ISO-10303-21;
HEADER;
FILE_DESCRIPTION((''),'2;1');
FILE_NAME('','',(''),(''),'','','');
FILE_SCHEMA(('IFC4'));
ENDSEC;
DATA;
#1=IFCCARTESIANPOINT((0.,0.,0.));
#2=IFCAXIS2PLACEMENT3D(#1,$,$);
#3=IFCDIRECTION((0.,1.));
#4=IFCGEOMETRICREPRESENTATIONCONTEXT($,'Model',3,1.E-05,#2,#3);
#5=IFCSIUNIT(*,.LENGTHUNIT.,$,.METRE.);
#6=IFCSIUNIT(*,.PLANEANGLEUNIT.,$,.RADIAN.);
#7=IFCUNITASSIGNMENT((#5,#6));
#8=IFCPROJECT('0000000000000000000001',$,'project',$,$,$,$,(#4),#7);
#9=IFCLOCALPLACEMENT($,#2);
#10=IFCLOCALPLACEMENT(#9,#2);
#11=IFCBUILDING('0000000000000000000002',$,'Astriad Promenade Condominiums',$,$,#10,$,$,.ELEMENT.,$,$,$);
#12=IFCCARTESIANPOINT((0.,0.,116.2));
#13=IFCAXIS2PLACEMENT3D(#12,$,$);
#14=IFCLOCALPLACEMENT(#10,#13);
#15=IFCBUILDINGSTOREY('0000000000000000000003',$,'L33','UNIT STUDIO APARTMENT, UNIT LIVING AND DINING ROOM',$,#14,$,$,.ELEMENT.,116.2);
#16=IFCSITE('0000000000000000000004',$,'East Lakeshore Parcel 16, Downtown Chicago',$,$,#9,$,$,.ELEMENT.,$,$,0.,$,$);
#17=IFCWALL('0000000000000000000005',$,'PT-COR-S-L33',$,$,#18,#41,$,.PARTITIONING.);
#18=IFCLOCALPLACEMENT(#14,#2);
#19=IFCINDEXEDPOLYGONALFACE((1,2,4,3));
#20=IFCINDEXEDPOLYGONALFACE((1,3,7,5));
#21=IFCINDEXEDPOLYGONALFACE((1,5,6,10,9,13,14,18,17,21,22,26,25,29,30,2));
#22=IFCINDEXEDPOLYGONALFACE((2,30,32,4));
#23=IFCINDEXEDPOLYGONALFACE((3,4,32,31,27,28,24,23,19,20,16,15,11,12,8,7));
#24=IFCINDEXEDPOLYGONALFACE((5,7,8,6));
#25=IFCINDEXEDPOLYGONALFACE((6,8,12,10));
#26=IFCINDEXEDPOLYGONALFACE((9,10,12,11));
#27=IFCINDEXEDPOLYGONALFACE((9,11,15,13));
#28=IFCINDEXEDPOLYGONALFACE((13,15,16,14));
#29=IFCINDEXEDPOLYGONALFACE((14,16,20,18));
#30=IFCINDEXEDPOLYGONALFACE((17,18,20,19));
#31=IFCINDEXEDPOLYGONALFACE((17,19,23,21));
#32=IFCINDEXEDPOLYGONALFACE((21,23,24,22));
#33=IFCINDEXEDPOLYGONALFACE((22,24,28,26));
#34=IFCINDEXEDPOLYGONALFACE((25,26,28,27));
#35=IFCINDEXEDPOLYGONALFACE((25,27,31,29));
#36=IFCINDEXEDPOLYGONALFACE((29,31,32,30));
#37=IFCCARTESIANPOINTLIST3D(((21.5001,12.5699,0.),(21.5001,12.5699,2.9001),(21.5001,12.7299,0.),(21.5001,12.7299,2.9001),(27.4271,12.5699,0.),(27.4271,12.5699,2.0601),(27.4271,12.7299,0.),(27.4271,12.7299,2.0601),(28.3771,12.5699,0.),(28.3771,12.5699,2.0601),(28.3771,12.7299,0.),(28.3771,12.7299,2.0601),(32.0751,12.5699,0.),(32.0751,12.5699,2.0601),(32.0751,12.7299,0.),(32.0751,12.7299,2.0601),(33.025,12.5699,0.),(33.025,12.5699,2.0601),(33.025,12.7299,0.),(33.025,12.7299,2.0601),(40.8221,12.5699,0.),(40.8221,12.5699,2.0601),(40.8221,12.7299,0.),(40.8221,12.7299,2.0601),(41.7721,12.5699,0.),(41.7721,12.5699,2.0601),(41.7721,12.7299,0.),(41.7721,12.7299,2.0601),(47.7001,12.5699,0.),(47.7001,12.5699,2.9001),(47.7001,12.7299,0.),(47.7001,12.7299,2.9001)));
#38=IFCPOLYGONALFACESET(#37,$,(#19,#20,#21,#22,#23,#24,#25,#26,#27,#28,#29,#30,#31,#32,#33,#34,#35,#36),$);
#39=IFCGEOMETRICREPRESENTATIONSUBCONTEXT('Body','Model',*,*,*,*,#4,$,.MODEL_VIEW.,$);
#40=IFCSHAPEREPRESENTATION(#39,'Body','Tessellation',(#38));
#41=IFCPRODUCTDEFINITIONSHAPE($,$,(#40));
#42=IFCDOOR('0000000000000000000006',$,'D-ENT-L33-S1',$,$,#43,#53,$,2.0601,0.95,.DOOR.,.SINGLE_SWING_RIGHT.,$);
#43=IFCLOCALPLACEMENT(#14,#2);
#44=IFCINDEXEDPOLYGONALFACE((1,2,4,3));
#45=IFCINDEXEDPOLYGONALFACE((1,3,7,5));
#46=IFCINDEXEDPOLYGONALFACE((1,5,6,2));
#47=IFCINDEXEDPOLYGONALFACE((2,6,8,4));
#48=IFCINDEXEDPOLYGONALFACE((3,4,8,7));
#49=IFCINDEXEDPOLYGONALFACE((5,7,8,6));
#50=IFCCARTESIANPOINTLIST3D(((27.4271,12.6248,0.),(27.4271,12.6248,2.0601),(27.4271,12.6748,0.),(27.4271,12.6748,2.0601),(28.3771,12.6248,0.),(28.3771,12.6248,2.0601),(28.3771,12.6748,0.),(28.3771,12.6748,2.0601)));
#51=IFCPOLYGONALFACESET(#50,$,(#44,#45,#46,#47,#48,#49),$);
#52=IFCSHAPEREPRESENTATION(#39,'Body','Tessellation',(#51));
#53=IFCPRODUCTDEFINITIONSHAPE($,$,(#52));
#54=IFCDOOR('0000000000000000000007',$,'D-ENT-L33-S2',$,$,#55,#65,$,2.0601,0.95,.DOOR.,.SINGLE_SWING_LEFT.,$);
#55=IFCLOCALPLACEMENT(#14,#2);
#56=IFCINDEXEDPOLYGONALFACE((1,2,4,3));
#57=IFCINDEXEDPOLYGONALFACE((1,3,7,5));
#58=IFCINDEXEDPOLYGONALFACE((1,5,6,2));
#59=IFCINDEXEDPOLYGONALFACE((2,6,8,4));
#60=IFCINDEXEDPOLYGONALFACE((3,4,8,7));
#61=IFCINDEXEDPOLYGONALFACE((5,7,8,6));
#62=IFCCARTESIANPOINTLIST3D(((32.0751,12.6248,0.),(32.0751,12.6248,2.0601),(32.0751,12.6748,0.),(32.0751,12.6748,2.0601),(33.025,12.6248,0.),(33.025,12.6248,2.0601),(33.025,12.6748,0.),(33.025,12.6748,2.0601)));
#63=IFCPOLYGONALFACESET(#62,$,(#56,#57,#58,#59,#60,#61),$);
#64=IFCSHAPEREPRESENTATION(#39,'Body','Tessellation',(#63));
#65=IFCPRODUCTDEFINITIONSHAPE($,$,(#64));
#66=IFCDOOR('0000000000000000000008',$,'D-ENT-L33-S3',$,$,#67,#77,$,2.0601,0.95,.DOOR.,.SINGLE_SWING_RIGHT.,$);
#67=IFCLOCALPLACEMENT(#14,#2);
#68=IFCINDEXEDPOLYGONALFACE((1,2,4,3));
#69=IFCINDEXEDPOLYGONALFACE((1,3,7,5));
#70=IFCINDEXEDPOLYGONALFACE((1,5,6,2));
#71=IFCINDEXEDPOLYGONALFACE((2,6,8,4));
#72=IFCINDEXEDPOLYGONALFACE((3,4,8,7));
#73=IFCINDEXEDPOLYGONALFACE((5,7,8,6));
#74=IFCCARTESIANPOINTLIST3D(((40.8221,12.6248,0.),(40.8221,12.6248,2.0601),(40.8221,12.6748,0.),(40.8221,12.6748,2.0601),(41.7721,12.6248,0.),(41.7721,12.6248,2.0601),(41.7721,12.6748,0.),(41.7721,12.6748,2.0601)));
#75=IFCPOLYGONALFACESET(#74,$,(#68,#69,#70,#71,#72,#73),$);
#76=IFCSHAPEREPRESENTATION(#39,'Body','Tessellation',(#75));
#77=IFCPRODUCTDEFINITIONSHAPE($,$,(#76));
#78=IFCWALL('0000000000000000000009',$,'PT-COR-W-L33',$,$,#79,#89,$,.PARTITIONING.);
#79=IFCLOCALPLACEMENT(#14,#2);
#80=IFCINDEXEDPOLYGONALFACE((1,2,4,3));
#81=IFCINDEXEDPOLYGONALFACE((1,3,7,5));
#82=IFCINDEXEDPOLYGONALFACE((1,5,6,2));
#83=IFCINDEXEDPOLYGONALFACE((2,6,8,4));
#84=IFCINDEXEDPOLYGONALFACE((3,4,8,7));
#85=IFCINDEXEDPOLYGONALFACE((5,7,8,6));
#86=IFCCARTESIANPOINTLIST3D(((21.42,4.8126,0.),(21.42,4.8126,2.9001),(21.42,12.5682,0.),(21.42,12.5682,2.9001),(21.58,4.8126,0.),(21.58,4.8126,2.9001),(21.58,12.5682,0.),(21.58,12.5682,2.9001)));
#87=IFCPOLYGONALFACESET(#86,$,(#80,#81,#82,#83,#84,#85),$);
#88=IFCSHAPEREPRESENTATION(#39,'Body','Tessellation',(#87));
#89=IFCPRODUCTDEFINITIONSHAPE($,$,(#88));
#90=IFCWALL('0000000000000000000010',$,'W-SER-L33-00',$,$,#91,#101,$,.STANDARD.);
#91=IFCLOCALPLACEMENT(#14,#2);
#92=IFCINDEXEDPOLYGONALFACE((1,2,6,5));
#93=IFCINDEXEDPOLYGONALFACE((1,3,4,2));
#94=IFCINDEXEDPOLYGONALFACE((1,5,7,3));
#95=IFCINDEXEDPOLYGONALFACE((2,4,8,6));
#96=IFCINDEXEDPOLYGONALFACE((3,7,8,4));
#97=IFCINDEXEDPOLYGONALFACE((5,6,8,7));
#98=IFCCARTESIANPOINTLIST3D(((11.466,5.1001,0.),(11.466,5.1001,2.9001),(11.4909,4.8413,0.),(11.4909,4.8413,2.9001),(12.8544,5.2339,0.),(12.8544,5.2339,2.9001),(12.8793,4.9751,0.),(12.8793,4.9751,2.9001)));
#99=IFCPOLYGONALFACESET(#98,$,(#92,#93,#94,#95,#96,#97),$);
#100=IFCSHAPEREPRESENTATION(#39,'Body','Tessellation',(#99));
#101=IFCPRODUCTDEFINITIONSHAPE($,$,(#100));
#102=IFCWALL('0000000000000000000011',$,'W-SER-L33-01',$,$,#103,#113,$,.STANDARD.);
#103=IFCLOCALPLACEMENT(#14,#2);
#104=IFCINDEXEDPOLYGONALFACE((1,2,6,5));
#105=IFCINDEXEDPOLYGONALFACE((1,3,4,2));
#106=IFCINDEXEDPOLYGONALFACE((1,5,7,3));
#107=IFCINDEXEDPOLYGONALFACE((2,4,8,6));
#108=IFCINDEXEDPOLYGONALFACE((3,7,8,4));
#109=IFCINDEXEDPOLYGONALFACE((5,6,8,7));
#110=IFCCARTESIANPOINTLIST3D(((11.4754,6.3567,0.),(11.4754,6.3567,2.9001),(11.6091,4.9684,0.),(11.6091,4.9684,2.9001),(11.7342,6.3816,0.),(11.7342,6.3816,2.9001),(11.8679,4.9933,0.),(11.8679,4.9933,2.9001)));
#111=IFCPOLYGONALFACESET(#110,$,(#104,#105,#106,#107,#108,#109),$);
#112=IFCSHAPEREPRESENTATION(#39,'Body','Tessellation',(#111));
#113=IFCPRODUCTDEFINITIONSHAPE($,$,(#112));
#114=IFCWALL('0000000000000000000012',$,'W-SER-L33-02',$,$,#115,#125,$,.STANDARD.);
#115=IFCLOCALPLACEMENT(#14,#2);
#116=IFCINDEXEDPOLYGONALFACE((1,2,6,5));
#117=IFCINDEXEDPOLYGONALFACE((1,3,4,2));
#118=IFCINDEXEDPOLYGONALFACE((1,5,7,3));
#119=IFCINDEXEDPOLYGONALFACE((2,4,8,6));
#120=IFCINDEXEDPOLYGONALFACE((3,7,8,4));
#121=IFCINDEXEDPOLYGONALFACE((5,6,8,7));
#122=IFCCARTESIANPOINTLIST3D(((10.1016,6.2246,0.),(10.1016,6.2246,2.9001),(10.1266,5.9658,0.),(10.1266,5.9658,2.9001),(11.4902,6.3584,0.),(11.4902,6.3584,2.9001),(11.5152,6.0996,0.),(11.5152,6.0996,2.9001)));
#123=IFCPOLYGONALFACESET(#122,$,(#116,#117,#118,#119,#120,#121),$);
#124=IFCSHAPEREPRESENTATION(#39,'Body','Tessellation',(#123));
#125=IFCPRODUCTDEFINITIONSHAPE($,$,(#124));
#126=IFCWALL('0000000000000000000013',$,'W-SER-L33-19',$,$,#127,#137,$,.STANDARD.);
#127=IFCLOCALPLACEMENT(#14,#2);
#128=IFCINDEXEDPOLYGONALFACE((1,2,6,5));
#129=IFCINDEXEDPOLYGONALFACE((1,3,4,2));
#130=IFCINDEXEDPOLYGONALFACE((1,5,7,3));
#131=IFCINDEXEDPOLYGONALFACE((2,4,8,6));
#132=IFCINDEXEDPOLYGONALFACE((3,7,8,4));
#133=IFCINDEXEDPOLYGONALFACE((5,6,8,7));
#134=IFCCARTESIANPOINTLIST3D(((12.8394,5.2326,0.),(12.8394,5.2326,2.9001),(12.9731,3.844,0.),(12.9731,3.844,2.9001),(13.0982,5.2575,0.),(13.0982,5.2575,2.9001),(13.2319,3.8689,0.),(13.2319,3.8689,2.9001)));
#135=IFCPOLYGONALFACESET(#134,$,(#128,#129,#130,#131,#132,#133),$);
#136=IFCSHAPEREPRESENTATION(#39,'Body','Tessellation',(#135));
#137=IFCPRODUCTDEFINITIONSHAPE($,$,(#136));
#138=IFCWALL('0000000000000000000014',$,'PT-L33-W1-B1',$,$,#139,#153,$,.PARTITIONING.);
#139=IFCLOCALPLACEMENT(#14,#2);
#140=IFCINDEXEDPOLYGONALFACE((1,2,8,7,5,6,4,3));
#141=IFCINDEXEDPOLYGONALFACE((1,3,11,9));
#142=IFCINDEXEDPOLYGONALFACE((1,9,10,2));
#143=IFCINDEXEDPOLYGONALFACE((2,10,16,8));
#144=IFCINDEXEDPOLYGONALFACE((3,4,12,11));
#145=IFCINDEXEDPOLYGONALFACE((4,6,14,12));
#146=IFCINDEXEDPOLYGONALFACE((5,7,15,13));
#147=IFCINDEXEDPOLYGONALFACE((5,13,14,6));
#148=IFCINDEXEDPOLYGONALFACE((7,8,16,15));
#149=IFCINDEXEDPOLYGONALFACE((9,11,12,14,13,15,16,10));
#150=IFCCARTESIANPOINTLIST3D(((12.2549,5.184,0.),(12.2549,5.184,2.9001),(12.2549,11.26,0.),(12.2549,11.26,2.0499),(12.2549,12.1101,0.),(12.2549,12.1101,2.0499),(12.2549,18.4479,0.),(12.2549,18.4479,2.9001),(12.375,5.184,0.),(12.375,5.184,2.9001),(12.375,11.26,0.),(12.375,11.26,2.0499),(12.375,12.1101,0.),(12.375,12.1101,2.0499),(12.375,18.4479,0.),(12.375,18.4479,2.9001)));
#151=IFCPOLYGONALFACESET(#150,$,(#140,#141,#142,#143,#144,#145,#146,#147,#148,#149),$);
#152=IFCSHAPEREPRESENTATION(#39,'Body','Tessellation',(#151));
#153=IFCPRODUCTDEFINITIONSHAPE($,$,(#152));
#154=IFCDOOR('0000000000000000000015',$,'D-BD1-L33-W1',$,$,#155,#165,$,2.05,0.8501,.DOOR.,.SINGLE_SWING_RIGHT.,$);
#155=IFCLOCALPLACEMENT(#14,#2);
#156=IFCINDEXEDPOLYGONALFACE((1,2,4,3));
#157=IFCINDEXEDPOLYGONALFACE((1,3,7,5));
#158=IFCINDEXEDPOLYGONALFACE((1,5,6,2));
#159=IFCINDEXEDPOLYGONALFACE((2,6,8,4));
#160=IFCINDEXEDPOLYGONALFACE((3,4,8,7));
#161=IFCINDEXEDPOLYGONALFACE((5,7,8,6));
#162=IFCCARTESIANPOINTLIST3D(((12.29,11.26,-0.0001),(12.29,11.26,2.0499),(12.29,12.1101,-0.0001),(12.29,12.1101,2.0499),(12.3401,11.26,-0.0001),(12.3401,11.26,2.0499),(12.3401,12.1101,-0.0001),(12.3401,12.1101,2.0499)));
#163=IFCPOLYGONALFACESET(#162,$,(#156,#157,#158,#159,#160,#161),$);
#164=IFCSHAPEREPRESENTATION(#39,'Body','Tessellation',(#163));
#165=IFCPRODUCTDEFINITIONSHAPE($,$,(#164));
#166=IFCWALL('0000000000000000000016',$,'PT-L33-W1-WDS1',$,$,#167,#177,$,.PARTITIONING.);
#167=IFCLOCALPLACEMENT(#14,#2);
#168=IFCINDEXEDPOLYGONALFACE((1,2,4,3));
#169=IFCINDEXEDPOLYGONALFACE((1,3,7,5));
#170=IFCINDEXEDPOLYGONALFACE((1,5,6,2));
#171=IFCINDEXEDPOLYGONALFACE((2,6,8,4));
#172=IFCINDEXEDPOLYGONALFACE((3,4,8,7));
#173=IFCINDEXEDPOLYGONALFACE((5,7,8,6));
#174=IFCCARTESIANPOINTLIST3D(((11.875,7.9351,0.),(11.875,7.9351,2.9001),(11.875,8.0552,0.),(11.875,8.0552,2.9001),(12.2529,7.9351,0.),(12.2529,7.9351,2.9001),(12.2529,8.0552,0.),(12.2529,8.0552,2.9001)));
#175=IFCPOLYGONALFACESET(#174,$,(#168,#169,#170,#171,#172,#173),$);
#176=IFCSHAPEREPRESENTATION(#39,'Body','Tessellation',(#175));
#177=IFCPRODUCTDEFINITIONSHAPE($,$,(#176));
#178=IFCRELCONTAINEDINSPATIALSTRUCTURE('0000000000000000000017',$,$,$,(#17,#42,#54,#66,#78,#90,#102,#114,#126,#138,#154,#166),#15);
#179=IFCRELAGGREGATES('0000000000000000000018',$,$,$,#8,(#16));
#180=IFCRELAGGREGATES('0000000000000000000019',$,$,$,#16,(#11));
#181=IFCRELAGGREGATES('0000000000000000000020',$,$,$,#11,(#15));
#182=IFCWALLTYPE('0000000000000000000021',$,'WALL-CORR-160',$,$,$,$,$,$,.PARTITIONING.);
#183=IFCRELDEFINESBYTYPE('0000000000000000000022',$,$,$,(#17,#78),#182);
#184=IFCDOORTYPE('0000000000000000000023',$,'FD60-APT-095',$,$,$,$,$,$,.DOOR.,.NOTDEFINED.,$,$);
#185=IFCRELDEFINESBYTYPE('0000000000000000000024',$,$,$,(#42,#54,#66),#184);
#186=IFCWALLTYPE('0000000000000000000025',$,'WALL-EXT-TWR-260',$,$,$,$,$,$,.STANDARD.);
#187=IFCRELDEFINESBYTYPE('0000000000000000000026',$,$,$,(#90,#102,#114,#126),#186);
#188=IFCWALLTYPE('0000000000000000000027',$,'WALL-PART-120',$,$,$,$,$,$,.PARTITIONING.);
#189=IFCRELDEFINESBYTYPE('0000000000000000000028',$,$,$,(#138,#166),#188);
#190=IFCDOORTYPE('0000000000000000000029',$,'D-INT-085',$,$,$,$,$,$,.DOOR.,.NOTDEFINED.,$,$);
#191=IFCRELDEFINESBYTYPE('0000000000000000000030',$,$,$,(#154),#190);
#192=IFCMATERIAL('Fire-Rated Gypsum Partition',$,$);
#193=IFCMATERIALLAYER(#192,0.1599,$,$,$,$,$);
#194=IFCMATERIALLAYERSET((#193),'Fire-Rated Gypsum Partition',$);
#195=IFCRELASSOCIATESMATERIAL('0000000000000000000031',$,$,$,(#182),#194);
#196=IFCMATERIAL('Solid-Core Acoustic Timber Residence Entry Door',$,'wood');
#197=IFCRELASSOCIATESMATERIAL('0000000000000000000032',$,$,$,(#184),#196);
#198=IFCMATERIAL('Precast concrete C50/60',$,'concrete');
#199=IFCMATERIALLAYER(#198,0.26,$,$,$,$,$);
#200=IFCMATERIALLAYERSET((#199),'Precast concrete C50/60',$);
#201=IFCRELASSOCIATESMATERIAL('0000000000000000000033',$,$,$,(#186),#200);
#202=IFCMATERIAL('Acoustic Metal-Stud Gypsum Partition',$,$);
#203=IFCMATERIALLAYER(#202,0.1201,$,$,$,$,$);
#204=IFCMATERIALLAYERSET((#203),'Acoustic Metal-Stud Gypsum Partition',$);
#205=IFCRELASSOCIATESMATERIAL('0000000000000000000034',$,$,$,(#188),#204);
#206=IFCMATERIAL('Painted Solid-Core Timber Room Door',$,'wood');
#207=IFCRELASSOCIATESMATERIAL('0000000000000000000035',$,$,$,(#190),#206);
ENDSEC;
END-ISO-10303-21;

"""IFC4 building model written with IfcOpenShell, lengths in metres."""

from ifc_helpers import new_model, si_unit, direction, frame, frame_2d, origin, place, context, subcontext, project, spatial, rectangle, extrude, source, transform, mapped, material, layer, layer_set, type_object, type_shapes, element, fill, save


model = new_model("IFC4")

# Units and contexts
model_context = context("Model", 3, precision=1e-05, world=origin(), true_north=direction((0.0, 1.0)))
body_context = subcontext(model_context, "Body", "Model", "MODEL_VIEW")
ifc_project = project(units=[si_unit("LENGTHUNIT", "METRE"), si_unit("PLANEANGLEUNIT", "RADIAN")], contexts=[model_context])

# Site, building, storey
site_placement = place(None, origin())
site = spatial("IfcSite", under=ifc_project, at=site_placement, Name="East Lakeshore Parcel 16, Downtown Chicago", CompositionType="ELEMENT", RefElevation=0.0)
building_placement = place(site_placement, origin())
building = spatial("IfcBuilding", under=site, at=building_placement, Name="Astriad Promenade Condominiums", CompositionType="ELEMENT")
storey_placement = place(building_placement, frame((0.0, 0.0, 116.2)))
storey = spatial("IfcBuildingStorey", under=building, at=storey_placement, Name="L33", Description="UNIT STUDIO APARTMENT, UNIT LIVING AND DINING ROOM", CompositionType="ELEMENT", Elevation=116.2)

# Wall, openings, doors
ifc_material_1 = material(Name="Fire-Rated Gypsum Partition")
ifc_layer_1 = layer(ifc_material_1, 0.1599)
ifc_layer_set_1 = layer_set([ifc_layer_1], Name="Fire-Rated Gypsum Partition")
wall_type_1 = type_object("IfcWallType", Name="WALL-CORR-160", PredefinedType="PARTITIONING", material=ifc_layer_set_1)
wall_1_placement = place(storey_placement, frame((21.5, 12.6499, 0.0), z_axis=(0.0, 0.0, 1.0), x_axis=(1.0, 0.0, 0.0)))
wall_1 = element("IfcWall", 1, at=wall_1_placement, inside=storey, type_object=wall_type_1, Name="PT-COR-S-L33", PredefinedType="PARTITIONING", context=body_context, shape_type="SweptSolid", body=[
    extrude(rectangle(XDim=26.2, YDim=0.1599, at=frame_2d((13.1001, 0.0))), origin(), (0.0, 0.0, 1.0), 2.9001),
])
opening_1_placement = place(wall_1_placement, frame((5.927, 0.0, 0.0)))
opening_1 = element("IfcOpeningElement", 2, at=opening_1_placement, cuts=wall_1, PredefinedType="OPENING", context=body_context, shape_type="SweptSolid", body=[
    extrude(rectangle(XDim=0.95, YDim=2.0601, at=frame_2d((0.4751, 1.03))), frame((0.0, 0.0898, 0.0), z_axis=(0.0, -1.0, 0.0), x_axis=(1.0, 0.0, 0.0)), (0.0, 0.0, 1.0), 0.1799),
])
opening_2_placement = place(wall_1_placement, frame((10.575, 0.0, 0.0)))
opening_2 = element("IfcOpeningElement", 3, at=opening_2_placement, cuts=wall_1, PredefinedType="OPENING", context=body_context, shape_type="SweptSolid", body=[
    extrude(rectangle(XDim=0.95, YDim=2.0601, at=frame_2d((0.4751, 1.03))), frame((0.0, 0.0898, 0.0), z_axis=(0.0, -1.0, 0.0), x_axis=(1.0, 0.0, 0.0)), (0.0, 0.0, 1.0), 0.1799),
])
opening_3_placement = place(wall_1_placement, frame((19.322, 0.0, 0.0)))
opening_3 = element("IfcOpeningElement", 4, at=opening_3_placement, cuts=wall_1, PredefinedType="OPENING", context=body_context, shape_type="SweptSolid", body=[
    extrude(rectangle(XDim=0.95, YDim=2.0601, at=frame_2d((0.4751, 1.03))), frame((0.0, 0.0898, 0.0), z_axis=(0.0, -1.0, 0.0), x_axis=(1.0, 0.0, 0.0)), (0.0, 0.0, 1.0), 0.1799),
])
ifc_material_2 = material(Name="Solid-Core Acoustic Timber Residence Entry Door", Category="wood")
door_type_1 = type_object("IfcDoorType", Name="FD60-APT-095", OperationType="NOTDEFINED", PredefinedType="DOOR", material=ifc_material_2)
shared_shape_1 = source(origin(), body_context, "Body", "SweptSolid", [
    extrude(rectangle(XDim=0.95, YDim=2.0601, at=frame_2d((0.4751, 1.03))), frame((0.0, 0.0249, 0.0), z_axis=(0.0, -1.0, 0.0), x_axis=(1.0, 0.0, 0.0)), (0.0, 0.0, 1.0), 0.05),
])
type_shapes(door_type_1, [shared_shape_1])
door_1_placement = place(opening_1_placement, origin())
door_1 = element("IfcDoor", 5, at=door_1_placement, inside=storey, type_object=door_type_1, Name="D-ENT-L33-S1", OperationType="SINGLE_SWING_RIGHT", OverallHeight=2.0601, OverallWidth=0.95, PredefinedType="DOOR", context=body_context, shape_type="MappedRepresentation", body=[
    mapped(shared_shape_1, transform((0.0, 0.0, 0.0), scale=1.0)),
])
fill(opening_1, door_1)
door_2_placement = place(opening_2_placement, origin())
door_2 = element("IfcDoor", 6, at=door_2_placement, inside=storey, type_object=door_type_1, Name="D-ENT-L33-S2", OperationType="SINGLE_SWING_LEFT", OverallHeight=2.0601, OverallWidth=0.95, PredefinedType="DOOR", context=body_context, shape_type="MappedRepresentation", body=[
    mapped(shared_shape_1, transform((0.0, 0.0, 0.0), scale=1.0)),
])
fill(opening_2, door_2)
door_3_placement = place(opening_3_placement, origin())
door_3 = element("IfcDoor", 7, at=door_3_placement, inside=storey, type_object=door_type_1, Name="D-ENT-L33-S3", OperationType="SINGLE_SWING_RIGHT", OverallHeight=2.0601, OverallWidth=0.95, PredefinedType="DOOR", context=body_context, shape_type="MappedRepresentation", body=[
    mapped(shared_shape_1, transform((0.0, 0.0, 0.0), scale=1.0)),
])
fill(opening_3, door_3)

# Walls
wall_2_placement = place(storey_placement, frame((21.5, 4.8125, 0.0), z_axis=(0.0, 0.0, 1.0), x_axis=(0.0, 1.0, 0.0)))
element("IfcWall", 8, at=wall_2_placement, inside=storey, type_object=wall_type_1, Name="PT-COR-W-L33", PredefinedType="PARTITIONING", context=body_context, shape_type="SweptSolid", body=[
    extrude(rectangle(XDim=7.7556, YDim=0.1599, at=frame_2d((3.8779, 0.0))), origin(), (0.0, 0.0, 1.0), 2.9001),
])
ifc_material_3 = material(Name="Precast concrete C50/60", Category="concrete")
ifc_layer_2 = layer(ifc_material_3, 0.26)
ifc_layer_set_2 = layer_set([ifc_layer_2], Name="Precast concrete C50/60")
wall_type_2 = type_object("IfcWallType", Name="WALL-EXT-TWR-260", PredefinedType="STANDARD", material=ifc_layer_set_2)
for number, where, z_axis, x_axis, name in (
    (9, (12.8667, 5.1045, 0.0), (0.0, 0.0, 1.0), (-0.995389, -0.095916, 0.0), "W-SER-L33-00"),
    (10, (11.7385, 4.981, 0.0), (0.0, 0.0, 1.0), (-0.095916, 0.995389, 0.0), "W-SER-L33-01"),
):
    element("IfcWall", number, at=place(storey_placement, frame(where, z_axis=z_axis, x_axis=x_axis)), inside=storey, type_object=wall_type_2, Name=name, PredefinedType="STANDARD", context=body_context, shape_type="SweptSolid", body=[
        extrude(rectangle(XDim=1.3948, YDim=0.26, at=frame_2d((0.6973, 0.0))), origin(), (0.0, 0.0, 1.0), 2.9001),
    ])
for number, where, z_axis, x_axis, name in (
    (11, (11.5027, 6.229, 0.0), (0.0, 0.0, 1.0), (-0.995391, -0.095899, 0.0), "W-SER-L33-02"),
    (12, (13.1025, 3.8564, 0.0), (0.0, 0.0, 1.0), (-0.095899, 0.995391, 0.0), "W-SER-L33-19"),
):
    element("IfcWall", number, at=place(storey_placement, frame(where, z_axis=z_axis, x_axis=x_axis)), inside=storey, type_object=wall_type_2, Name=name, PredefinedType="STANDARD", context=body_context, shape_type="SweptSolid", body=[
        extrude(rectangle(XDim=1.395, YDim=0.26, at=frame_2d((0.6975, 0.0))), origin(), (0.0, 0.0, 1.0), 2.9001),
    ])

# Wall, opening, door
ifc_material_4 = material(Name="Acoustic Metal-Stud Gypsum Partition")
ifc_layer_3 = layer(ifc_material_4, 0.1201)
ifc_layer_set_3 = layer_set([ifc_layer_3], Name="Acoustic Metal-Stud Gypsum Partition")
wall_type_3 = type_object("IfcWallType", Name="WALL-PART-120", PredefinedType="PARTITIONING", material=ifc_layer_set_3)
wall_3_placement = place(storey_placement, frame((12.3149, 5.1841, 0.0), z_axis=(0.0, 0.0, 1.0), x_axis=(0.0, 1.0, 0.0)))
wall_3 = element("IfcWall", 13, at=wall_3_placement, inside=storey, type_object=wall_type_3, Name="PT-L33-W1-B1", PredefinedType="PARTITIONING", context=body_context, shape_type="SweptSolid", body=[
    extrude(rectangle(XDim=13.2639, YDim=0.1201, at=frame_2d((6.6318, 0.0))), origin(), (0.0, 0.0, 1.0), 2.9001),
])
opening_4_placement = place(wall_3_placement, frame((6.0759, 0.0, 0.0)))
opening_4 = element("IfcOpeningElement", 14, at=opening_4_placement, cuts=wall_3, PredefinedType="OPENING", context=body_context, shape_type="SweptSolid", body=[
    extrude(rectangle(XDim=0.8501, YDim=2.05, at=frame_2d((0.425, 1.0249))), frame((0.0, 0.0701, 0.0), z_axis=(0.0, -1.0, 0.0), x_axis=(1.0, 0.0, 0.0)), (0.0, 0.0, 1.0), 0.1401),
])
ifc_material_5 = material(Name="Painted Solid-Core Timber Room Door", Category="wood")
door_type_2 = type_object("IfcDoorType", Name="D-INT-085", OperationType="NOTDEFINED", PredefinedType="DOOR", material=ifc_material_5)
shared_shape_2 = source(origin(), body_context, "Body", "SweptSolid", [
    extrude(rectangle(XDim=0.8501, YDim=2.05, at=frame_2d((0.425, 1.0249))), frame((0.0, 0.0249, 0.0), z_axis=(0.0, -1.0, 0.0), x_axis=(1.0, 0.0, 0.0)), (0.0, 0.0, 1.0), 0.05),
])
type_shapes(door_type_2, [shared_shape_2])
door_4_placement = place(opening_4_placement, origin())
door_4 = element("IfcDoor", 15, at=door_4_placement, inside=storey, type_object=door_type_2, Name="D-BD1-L33-W1", OperationType="SINGLE_SWING_RIGHT", OverallHeight=2.05, OverallWidth=0.8501, PredefinedType="DOOR", context=body_context, shape_type="MappedRepresentation", body=[
    mapped(shared_shape_2, transform((0.0, 0.0, 0.0), scale=1.0)),
])
fill(opening_4, door_4)

# Wall
wall_4_placement = place(storey_placement, frame((11.875, 7.9951, 0.0), z_axis=(0.0, 0.0, 1.0), x_axis=(1.0, 0.0, 0.0)))
element("IfcWall", 16, at=wall_4_placement, inside=storey, type_object=wall_type_3, Name="PT-L33-W1-WDS1", PredefinedType="PARTITIONING", context=body_context, shape_type="SweptSolid", body=[
    extrude(rectangle(XDim=0.3779, YDim=0.1201, at=frame_2d((0.189, 0.0))), origin(), (0.0, 0.0, 1.0), 2.9001),
])

save(model, "model.ifc")
